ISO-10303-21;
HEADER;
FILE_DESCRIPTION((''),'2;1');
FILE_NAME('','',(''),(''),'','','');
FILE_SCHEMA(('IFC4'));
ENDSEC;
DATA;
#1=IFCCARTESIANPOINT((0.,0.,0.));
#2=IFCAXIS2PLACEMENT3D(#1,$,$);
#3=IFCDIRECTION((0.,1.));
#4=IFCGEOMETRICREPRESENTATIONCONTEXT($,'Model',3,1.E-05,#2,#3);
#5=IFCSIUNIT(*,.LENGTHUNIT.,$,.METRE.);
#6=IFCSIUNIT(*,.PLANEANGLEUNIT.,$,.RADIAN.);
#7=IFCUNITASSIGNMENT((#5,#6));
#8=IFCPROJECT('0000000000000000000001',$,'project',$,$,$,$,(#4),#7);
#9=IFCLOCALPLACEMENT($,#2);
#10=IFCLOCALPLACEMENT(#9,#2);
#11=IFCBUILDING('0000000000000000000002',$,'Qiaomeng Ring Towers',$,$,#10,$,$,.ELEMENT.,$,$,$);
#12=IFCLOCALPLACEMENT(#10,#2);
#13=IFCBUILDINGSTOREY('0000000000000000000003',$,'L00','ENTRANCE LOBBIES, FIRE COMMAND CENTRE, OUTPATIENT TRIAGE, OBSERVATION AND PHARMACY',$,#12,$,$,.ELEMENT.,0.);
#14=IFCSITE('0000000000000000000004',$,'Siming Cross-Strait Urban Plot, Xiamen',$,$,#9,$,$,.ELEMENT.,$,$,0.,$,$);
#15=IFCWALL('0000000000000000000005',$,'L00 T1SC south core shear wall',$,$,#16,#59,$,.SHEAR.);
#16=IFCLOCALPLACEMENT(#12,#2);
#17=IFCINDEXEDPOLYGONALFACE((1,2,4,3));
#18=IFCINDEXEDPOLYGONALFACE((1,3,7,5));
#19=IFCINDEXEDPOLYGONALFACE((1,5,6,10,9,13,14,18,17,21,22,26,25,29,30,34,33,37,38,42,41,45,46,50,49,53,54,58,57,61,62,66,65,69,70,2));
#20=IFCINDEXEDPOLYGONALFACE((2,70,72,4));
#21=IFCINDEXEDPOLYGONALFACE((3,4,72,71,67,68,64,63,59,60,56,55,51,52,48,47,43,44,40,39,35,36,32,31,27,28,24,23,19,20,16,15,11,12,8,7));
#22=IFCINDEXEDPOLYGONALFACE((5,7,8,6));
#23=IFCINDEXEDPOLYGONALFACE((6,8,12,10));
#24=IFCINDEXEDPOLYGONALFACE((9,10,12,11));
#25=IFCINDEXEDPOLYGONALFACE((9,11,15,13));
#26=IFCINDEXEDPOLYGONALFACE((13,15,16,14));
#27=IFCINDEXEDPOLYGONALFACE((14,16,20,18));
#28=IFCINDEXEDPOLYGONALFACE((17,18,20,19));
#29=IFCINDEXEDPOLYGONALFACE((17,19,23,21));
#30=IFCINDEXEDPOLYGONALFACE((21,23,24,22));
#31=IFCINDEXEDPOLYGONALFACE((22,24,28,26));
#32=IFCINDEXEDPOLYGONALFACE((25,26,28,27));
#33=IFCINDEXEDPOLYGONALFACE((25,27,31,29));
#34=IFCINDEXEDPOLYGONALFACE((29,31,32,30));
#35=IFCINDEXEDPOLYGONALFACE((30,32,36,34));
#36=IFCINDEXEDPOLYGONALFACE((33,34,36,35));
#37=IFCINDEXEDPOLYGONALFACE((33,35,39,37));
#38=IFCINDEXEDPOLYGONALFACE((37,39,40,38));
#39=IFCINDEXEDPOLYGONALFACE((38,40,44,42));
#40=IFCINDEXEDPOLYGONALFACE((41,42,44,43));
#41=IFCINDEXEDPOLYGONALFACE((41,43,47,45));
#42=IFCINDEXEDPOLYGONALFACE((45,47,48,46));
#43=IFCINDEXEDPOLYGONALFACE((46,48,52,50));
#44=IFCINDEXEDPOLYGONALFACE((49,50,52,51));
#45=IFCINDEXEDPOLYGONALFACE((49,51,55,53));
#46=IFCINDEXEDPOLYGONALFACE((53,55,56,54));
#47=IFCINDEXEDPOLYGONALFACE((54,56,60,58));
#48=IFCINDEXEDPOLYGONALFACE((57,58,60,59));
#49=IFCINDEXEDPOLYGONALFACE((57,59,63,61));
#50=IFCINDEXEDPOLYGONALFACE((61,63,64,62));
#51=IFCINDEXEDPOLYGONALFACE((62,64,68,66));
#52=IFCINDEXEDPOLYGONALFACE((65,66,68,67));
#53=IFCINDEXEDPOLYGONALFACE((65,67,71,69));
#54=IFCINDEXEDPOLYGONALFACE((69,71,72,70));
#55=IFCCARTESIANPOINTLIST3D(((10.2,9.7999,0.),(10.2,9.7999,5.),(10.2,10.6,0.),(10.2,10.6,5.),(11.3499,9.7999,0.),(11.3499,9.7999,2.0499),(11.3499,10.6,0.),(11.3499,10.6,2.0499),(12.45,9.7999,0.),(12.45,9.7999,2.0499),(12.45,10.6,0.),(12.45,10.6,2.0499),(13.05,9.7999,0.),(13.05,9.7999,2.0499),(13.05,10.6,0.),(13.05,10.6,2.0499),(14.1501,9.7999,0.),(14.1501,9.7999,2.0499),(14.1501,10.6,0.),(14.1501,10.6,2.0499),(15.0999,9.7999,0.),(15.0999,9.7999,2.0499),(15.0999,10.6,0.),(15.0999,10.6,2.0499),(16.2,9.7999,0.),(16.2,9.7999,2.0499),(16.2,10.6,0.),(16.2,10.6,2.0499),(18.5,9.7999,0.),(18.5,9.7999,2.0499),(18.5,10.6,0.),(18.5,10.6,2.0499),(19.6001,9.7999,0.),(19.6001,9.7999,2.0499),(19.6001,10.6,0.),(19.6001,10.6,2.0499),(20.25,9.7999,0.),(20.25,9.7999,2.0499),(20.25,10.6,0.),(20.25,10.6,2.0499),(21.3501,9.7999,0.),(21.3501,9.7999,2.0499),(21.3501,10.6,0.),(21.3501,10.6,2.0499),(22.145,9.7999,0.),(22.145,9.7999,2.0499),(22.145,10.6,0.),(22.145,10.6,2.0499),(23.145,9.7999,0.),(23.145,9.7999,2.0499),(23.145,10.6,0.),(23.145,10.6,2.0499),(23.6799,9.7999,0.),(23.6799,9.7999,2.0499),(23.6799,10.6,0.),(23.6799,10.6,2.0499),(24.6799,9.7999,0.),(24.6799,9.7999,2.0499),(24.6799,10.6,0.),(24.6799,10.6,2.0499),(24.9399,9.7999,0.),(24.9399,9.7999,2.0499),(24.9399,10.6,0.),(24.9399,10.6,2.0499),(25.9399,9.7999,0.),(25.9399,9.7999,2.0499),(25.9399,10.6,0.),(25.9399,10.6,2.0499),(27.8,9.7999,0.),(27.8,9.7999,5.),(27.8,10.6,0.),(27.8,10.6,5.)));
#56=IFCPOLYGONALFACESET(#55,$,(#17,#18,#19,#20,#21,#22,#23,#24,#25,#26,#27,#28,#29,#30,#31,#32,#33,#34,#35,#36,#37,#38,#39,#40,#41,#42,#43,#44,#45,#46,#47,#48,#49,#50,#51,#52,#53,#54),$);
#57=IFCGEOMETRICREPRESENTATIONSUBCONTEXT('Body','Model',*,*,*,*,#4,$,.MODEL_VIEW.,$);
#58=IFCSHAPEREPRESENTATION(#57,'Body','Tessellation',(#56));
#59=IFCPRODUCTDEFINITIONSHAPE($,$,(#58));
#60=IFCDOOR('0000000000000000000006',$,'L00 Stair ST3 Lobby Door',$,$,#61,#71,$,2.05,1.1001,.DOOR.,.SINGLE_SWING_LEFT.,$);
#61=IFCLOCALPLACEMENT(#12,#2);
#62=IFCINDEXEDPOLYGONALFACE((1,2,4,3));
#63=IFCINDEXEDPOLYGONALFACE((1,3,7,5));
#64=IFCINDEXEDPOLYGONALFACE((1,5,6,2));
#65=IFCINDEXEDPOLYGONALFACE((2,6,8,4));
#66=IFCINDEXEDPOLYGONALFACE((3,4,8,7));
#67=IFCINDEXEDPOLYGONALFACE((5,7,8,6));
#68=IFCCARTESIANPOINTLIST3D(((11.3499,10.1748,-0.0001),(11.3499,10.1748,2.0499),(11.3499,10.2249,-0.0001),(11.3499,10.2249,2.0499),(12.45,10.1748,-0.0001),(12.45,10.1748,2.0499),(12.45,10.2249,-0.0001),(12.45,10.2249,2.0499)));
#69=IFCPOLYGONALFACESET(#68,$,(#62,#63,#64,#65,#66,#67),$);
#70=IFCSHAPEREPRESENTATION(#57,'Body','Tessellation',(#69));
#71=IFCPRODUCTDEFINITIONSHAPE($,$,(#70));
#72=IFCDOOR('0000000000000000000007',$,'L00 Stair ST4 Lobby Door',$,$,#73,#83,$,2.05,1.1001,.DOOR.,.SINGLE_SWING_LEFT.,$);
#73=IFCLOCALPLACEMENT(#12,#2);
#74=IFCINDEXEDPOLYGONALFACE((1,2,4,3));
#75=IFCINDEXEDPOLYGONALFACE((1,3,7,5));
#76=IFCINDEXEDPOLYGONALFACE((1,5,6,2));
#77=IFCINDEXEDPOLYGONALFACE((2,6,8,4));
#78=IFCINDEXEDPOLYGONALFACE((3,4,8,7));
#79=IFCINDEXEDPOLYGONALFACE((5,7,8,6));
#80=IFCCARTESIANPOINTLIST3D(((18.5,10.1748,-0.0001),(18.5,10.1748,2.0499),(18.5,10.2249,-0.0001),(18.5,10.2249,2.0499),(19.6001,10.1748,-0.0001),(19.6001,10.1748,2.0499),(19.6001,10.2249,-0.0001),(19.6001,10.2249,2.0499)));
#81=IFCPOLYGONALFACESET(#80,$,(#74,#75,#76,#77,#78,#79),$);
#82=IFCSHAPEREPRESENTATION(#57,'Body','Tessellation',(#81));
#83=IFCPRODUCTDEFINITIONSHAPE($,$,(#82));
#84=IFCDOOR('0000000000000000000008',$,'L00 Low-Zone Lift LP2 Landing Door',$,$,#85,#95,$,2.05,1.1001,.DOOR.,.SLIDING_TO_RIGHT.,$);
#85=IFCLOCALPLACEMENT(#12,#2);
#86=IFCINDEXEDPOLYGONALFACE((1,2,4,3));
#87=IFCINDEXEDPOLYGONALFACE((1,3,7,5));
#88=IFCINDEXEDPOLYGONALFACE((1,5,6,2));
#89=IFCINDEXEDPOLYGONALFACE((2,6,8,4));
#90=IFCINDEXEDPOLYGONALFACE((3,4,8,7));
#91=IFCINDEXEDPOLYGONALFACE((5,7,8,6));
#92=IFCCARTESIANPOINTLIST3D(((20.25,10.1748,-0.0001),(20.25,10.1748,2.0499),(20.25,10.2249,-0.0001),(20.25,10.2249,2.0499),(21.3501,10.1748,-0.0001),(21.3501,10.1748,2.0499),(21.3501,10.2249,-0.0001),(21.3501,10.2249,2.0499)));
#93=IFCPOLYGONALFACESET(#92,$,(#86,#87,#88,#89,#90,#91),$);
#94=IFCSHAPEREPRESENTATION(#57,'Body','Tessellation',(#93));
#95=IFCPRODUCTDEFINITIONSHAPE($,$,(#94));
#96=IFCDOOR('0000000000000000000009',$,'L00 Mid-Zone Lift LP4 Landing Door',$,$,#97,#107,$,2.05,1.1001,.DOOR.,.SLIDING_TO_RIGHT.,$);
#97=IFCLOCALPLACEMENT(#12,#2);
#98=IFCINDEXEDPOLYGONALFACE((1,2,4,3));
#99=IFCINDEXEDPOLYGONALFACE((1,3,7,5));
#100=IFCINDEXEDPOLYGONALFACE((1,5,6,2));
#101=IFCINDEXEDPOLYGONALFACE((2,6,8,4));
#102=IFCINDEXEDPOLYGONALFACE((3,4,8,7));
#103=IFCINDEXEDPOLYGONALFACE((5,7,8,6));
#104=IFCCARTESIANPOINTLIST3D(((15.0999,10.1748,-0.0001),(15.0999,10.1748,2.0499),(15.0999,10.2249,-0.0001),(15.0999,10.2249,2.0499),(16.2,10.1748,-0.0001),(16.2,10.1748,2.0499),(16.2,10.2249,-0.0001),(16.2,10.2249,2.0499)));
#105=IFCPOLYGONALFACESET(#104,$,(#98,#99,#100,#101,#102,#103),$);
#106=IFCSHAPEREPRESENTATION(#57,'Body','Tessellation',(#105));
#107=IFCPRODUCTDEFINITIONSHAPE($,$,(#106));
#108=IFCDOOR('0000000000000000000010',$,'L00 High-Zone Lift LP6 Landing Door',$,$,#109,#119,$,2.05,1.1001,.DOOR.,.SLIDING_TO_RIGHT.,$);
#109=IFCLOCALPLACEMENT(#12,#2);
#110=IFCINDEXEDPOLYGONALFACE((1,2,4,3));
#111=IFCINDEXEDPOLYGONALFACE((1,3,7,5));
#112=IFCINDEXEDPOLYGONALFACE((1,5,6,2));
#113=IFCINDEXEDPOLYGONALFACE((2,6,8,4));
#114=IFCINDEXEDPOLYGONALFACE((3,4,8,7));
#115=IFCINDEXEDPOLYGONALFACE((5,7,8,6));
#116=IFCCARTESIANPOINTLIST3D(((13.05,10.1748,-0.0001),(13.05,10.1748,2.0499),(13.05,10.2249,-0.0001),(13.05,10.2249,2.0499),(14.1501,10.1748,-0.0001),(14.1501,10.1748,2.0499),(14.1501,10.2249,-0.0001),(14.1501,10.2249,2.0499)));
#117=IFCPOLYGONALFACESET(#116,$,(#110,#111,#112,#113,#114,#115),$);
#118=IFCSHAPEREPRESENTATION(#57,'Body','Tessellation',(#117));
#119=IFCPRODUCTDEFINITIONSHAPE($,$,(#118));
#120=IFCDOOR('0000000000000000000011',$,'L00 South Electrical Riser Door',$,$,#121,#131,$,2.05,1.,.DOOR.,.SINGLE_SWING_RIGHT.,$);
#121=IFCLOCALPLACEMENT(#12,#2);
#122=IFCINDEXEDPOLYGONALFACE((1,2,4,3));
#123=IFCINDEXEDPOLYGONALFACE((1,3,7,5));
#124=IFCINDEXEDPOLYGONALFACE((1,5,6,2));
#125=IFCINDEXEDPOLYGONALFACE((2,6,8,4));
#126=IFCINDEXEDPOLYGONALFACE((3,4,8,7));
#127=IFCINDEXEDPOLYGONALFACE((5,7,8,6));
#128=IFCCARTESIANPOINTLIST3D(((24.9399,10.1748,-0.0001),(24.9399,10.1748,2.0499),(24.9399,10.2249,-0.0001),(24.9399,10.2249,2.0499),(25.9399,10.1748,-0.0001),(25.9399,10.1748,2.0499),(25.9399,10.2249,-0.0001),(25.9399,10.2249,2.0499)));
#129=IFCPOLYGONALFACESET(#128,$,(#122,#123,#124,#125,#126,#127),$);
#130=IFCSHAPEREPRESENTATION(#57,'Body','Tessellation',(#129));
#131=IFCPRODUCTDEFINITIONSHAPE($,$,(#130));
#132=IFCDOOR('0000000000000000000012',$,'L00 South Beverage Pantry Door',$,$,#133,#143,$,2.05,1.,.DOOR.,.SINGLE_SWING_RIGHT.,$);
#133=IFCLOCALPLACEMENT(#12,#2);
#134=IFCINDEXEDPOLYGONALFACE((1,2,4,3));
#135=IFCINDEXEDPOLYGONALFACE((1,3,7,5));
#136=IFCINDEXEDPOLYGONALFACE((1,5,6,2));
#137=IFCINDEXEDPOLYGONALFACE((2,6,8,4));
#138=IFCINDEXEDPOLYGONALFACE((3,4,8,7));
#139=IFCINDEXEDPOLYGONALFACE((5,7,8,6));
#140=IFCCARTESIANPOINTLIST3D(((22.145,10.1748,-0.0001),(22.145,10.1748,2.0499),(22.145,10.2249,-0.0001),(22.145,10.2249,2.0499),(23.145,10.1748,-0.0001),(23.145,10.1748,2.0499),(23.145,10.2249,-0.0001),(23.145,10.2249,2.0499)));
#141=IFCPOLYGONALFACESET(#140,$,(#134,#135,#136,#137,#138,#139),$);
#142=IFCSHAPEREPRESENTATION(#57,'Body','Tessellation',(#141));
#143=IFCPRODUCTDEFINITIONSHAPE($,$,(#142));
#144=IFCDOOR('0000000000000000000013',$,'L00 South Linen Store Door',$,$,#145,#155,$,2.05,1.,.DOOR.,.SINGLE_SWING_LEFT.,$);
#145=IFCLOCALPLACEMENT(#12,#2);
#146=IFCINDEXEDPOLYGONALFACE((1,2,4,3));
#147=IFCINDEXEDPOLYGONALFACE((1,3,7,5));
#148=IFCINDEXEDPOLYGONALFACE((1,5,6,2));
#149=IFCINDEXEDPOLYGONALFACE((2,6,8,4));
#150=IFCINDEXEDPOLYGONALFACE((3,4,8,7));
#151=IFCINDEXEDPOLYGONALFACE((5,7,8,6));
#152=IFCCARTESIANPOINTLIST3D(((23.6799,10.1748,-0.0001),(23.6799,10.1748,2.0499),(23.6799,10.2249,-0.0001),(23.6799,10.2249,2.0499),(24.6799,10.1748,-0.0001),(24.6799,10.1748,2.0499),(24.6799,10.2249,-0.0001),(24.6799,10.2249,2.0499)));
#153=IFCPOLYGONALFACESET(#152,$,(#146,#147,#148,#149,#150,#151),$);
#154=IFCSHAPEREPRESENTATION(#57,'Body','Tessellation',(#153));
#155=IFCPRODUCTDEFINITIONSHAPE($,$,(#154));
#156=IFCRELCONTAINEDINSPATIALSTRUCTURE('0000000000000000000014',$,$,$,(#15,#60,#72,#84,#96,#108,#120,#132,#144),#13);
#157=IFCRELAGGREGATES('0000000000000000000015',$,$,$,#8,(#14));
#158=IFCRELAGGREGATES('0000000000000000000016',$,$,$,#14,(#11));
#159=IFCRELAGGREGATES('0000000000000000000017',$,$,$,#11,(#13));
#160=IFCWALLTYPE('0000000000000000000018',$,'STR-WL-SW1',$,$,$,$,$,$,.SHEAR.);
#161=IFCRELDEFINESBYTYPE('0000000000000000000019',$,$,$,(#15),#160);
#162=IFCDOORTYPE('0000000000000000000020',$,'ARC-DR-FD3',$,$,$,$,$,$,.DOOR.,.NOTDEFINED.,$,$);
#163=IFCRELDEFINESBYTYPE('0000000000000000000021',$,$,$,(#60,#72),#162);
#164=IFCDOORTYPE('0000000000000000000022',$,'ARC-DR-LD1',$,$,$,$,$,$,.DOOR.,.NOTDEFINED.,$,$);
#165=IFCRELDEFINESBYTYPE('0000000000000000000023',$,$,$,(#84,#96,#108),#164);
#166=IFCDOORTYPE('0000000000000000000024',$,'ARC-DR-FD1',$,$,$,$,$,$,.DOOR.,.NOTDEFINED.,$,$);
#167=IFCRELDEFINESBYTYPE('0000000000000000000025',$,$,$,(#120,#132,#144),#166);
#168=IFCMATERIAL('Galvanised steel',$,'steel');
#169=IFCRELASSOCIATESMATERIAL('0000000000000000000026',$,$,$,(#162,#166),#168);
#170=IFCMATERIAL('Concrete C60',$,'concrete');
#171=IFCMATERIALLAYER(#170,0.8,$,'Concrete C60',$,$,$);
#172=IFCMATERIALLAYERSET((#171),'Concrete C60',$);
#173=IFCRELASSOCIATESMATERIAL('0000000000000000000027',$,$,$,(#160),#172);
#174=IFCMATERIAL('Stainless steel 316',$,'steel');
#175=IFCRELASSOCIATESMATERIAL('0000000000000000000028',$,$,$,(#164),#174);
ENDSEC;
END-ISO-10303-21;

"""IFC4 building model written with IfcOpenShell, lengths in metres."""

from ifc_helpers import new_model, si_unit, direction, frame, frame_2d, origin, place, context, subcontext, project, spatial, rectangle, extrude, source, transform, mapped, material, layer, layer_set, type_object, element, fill, save


model = new_model("IFC4")

# Units and contexts
model_context = context("Model", 3, precision=1e-05, world=origin(), true_north=direction((0.0, 1.0)))
body_context = subcontext(model_context, "Body", "Model", "MODEL_VIEW")
ifc_project = project(units=[si_unit("LENGTHUNIT", "METRE"), si_unit("PLANEANGLEUNIT", "RADIAN")], contexts=[model_context])

# Site, building, storey
site_placement = place(None, origin())
site = spatial("IfcSite", under=ifc_project, at=site_placement, Name="Siming Cross-Strait Urban Plot, Xiamen", CompositionType="ELEMENT", RefElevation=0.0)
building_placement = place(site_placement, origin())
building = spatial("IfcBuilding", under=site, at=building_placement, Name="Qiaomeng Ring Towers", CompositionType="ELEMENT")
storey_placement = place(building_placement, origin())
storey = spatial("IfcBuildingStorey", under=building, at=storey_placement, Name="L00", Description="ENTRANCE LOBBIES, FIRE COMMAND CENTRE, OUTPATIENT TRIAGE, OBSERVATION AND PHARMACY", CompositionType="ELEMENT", Elevation=0.0)

# Shared definitions
ifc_material_1 = material(Name="Concrete C60", Category="concrete")

# Shared definitions
ifc_material_2 = material(Name="Galvanised steel", Category="steel")
door_type_1 = type_object("IfcDoorType", Name="ARC-DR-FD3", OperationType="NOTDEFINED", PredefinedType="DOOR", material=ifc_material_2)
shared_shape_1 = source(origin(), body_context, "Body", "SweptSolid", [
    extrude(rectangle(XDim=1.1001, YDim=2.05, at=frame_2d((0.55, 1.0249))), frame((0.0, 0.0249, 0.0), z_axis=(0.0, -1.0, 0.0), x_axis=(1.0, 0.0, 0.0)), (0.0, 0.0, 1.0), 0.05),
])
shared_shape_2 = source(origin(), body_context, "Body", "SweptSolid", [
    extrude(rectangle(XDim=1.0, YDim=2.05, at=frame_2d((0.5, 1.0249))), frame((0.0, 0.0249, 0.0), z_axis=(0.0, -1.0, 0.0), x_axis=(1.0, 0.0, 0.0)), (0.0, 0.0, 1.0), 0.05),
])

# Wall, openings, doors
ifc_layer_1 = layer(ifc_material_1, 0.8, Name="Concrete C60")
ifc_layer_set_1 = layer_set([ifc_layer_1], Name="Concrete C60")
wall_type_1 = type_object("IfcWallType", Name="STR-WL-SW1", PredefinedType="SHEAR", material=ifc_layer_set_1)
wall_1_placement = place(storey_placement, frame((10.2, 10.2, 0.0), z_axis=(0.0, 0.0, 1.0), x_axis=(1.0, 0.0, 0.0)))
wall_1 = element("IfcWall", 1, at=wall_1_placement, inside=storey, type_object=wall_type_1, Name="L00 T1SC south core shear wall", PredefinedType="SHEAR", context=body_context, shape_type="SweptSolid", body=[
    extrude(rectangle(XDim=17.6001, YDim=0.8, at=frame_2d((8.8, 0.0))), origin(), (0.0, 0.0, 1.0), 5.0),
])
opening_1_placement = place(wall_1_placement, frame((1.1499, 0.0, 0.0)))
opening_1 = element("IfcOpeningElement", 2, at=opening_1_placement, cuts=wall_1, PredefinedType="OPENING", context=body_context, shape_type="SweptSolid", body=[
    extrude(rectangle(XDim=1.1001, YDim=2.05, at=frame_2d((0.55, 1.0249))), frame((0.0, 0.4099, 0.0), z_axis=(0.0, -1.0, 0.0), x_axis=(1.0, 0.0, 0.0)), (0.0, 0.0, 1.0), 0.8201),
])
opening_2_placement = place(wall_1_placement, frame((8.3, 0.0, 0.0)))
opening_2 = element("IfcOpeningElement", 3, at=opening_2_placement, cuts=wall_1, PredefinedType="OPENING", context=body_context, shape_type="SweptSolid", body=[
    extrude(rectangle(XDim=1.1001, YDim=2.05, at=frame_2d((0.55, 1.0249))), frame((0.0, 0.4099, 0.0), z_axis=(0.0, -1.0, 0.0), x_axis=(1.0, 0.0, 0.0)), (0.0, 0.0, 1.0), 0.8201),
])
opening_3_placement = place(wall_1_placement, frame((10.05, 0.0, 0.0)))
opening_3 = element("IfcOpeningElement", 4, at=opening_3_placement, cuts=wall_1, PredefinedType="OPENING", context=body_context, shape_type="SweptSolid", body=[
    extrude(rectangle(XDim=1.1001, YDim=2.05, at=frame_2d((0.55, 1.0249))), frame((0.0, 0.4099, 0.0), z_axis=(0.0, -1.0, 0.0), x_axis=(1.0, 0.0, 0.0)), (0.0, 0.0, 1.0), 0.8201),
])
opening_4_placement = place(wall_1_placement, frame((4.8999, 0.0, 0.0)))
opening_4 = element("IfcOpeningElement", 5, at=opening_4_placement, cuts=wall_1, PredefinedType="OPENING", context=body_context, shape_type="SweptSolid", body=[
    extrude(rectangle(XDim=1.1001, YDim=2.05, at=frame_2d((0.55, 1.0249))), frame((0.0, 0.4099, 0.0), z_axis=(0.0, -1.0, 0.0), x_axis=(1.0, 0.0, 0.0)), (0.0, 0.0, 1.0), 0.8201),
])
opening_5_placement = place(wall_1_placement, frame((2.8501, 0.0, 0.0)))
opening_5 = element("IfcOpeningElement", 6, at=opening_5_placement, cuts=wall_1, PredefinedType="OPENING", context=body_context, shape_type="SweptSolid", body=[
    extrude(rectangle(XDim=1.1001, YDim=2.05, at=frame_2d((0.55, 1.0249))), frame((0.0, 0.4099, 0.0), z_axis=(0.0, -1.0, 0.0), x_axis=(1.0, 0.0, 0.0)), (0.0, 0.0, 1.0), 0.8201),
])
opening_6_placement = place(wall_1_placement, frame((14.74, 0.0, 0.0)))
opening_6 = element("IfcOpeningElement", 7, at=opening_6_placement, cuts=wall_1, PredefinedType="OPENING", context=body_context, shape_type="SweptSolid", body=[
    extrude(rectangle(XDim=1.0, YDim=2.05, at=frame_2d((0.5, 1.0249))), frame((0.0, 0.4099, 0.0), z_axis=(0.0, -1.0, 0.0), x_axis=(1.0, 0.0, 0.0)), (0.0, 0.0, 1.0), 0.8201),
])
opening_7_placement = place(wall_1_placement, frame((11.9451, 0.0, 0.0)))
opening_7 = element("IfcOpeningElement", 8, at=opening_7_placement, cuts=wall_1, PredefinedType="OPENING", context=body_context, shape_type="SweptSolid", body=[
    extrude(rectangle(XDim=1.0, YDim=2.05, at=frame_2d((0.5, 1.0249))), frame((0.0, 0.4099, 0.0), z_axis=(0.0, -1.0, 0.0), x_axis=(1.0, 0.0, 0.0)), (0.0, 0.0, 1.0), 0.8201),
])
opening_8_placement = place(wall_1_placement, frame((13.48, 0.0, 0.0)))
opening_8 = element("IfcOpeningElement", 9, at=opening_8_placement, cuts=wall_1, PredefinedType="OPENING", context=body_context, shape_type="SweptSolid", body=[
    extrude(rectangle(XDim=1.0, YDim=2.05, at=frame_2d((0.5, 1.0249))), frame((0.0, 0.4099, 0.0), z_axis=(0.0, -1.0, 0.0), x_axis=(1.0, 0.0, 0.0)), (0.0, 0.0, 1.0), 0.8201),
])
door_1_placement = place(opening_1_placement, origin())
door_1 = element("IfcDoor", 10, at=door_1_placement, inside=storey, type_object=door_type_1, Name="L00 Stair ST3 Lobby Door", OperationType="SINGLE_SWING_LEFT", OverallHeight=2.05, OverallWidth=1.1001, PredefinedType="DOOR", context=body_context, shape_type="MappedRepresentation", body=[
    mapped(shared_shape_1, transform((0.0, 0.0, 0.0), x_axis=(1.0, 0.0, 0.0), y_axis=(0.0, 1.0, 0.0), z_axis=(0.0, 0.0, 1.0), scale=1.0)),
])
fill(opening_1, door_1)
door_2_placement = place(opening_2_placement, origin())
door_2 = element("IfcDoor", 11, at=door_2_placement, inside=storey, type_object=door_type_1, Name="L00 Stair ST4 Lobby Door", OperationType="SINGLE_SWING_LEFT", OverallHeight=2.05, OverallWidth=1.1001, PredefinedType="DOOR", context=body_context, shape_type="MappedRepresentation", body=[
    mapped(shared_shape_1, transform((0.0, 0.0, 0.0), x_axis=(1.0, 0.0, 0.0), y_axis=(0.0, 1.0, 0.0), z_axis=(0.0, 0.0, 1.0), scale=1.0)),
])
fill(opening_2, door_2)
ifc_material_3 = material(Name="Stainless steel 316", Category="steel")
door_type_2 = type_object("IfcDoorType", Name="ARC-DR-LD1", OperationType="NOTDEFINED", PredefinedType="DOOR", material=ifc_material_3)
door_3_placement = place(opening_3_placement, origin())
door_3 = element("IfcDoor", 12, at=door_3_placement, inside=storey, type_object=door_type_2, Name="L00 Low-Zone Lift LP2 Landing Door", OperationType="SLIDING_TO_RIGHT", OverallHeight=2.05, OverallWidth=1.1001, PredefinedType="DOOR", context=body_context, shape_type="MappedRepresentation", body=[
    mapped(shared_shape_1, transform((0.0, 0.0, 0.0), x_axis=(1.0, 0.0, 0.0), y_axis=(0.0, 1.0, 0.0), z_axis=(0.0, 0.0, 1.0), scale=1.0)),
])
fill(opening_3, door_3)
door_4_placement = place(opening_4_placement, origin())
door_4 = element("IfcDoor", 13, at=door_4_placement, inside=storey, type_object=door_type_2, Name="L00 Mid-Zone Lift LP4 Landing Door", OperationType="SLIDING_TO_RIGHT", OverallHeight=2.05, OverallWidth=1.1001, PredefinedType="DOOR", context=body_context, shape_type="MappedRepresentation", body=[
    mapped(shared_shape_1, transform((0.0, 0.0, 0.0), x_axis=(1.0, 0.0, 0.0), y_axis=(0.0, 1.0, 0.0), z_axis=(0.0, 0.0, 1.0), scale=1.0)),
])
fill(opening_4, door_4)
door_5_placement = place(opening_5_placement, origin())
door_5 = element("IfcDoor", 14, at=door_5_placement, inside=storey, type_object=door_type_2, Name="L00 High-Zone Lift LP6 Landing Door", OperationType="SLIDING_TO_RIGHT", OverallHeight=2.05, OverallWidth=1.1001, PredefinedType="DOOR", context=body_context, shape_type="MappedRepresentation", body=[
    mapped(shared_shape_1, transform((0.0, 0.0, 0.0), x_axis=(1.0, 0.0, 0.0), y_axis=(0.0, 1.0, 0.0), z_axis=(0.0, 0.0, 1.0), scale=1.0)),
])
fill(opening_5, door_5)
door_type_3 = type_object("IfcDoorType", Name="ARC-DR-FD1", OperationType="NOTDEFINED", PredefinedType="DOOR", material=ifc_material_2)
door_6_placement = place(opening_6_placement, origin())
door_6 = element("IfcDoor", 15, at=door_6_placement, inside=storey, type_object=door_type_3, Name="L00 South Electrical Riser Door", OperationType="SINGLE_SWING_RIGHT", OverallHeight=2.05, OverallWidth=1.0, PredefinedType="DOOR", context=body_context, shape_type="MappedRepresentation", body=[
    mapped(shared_shape_2, transform((0.0, 0.0, 0.0), x_axis=(1.0, 0.0, 0.0), y_axis=(0.0, 1.0, 0.0), z_axis=(0.0, 0.0, 1.0), scale=1.0)),
])
fill(opening_6, door_6)
door_7_placement = place(opening_7_placement, origin())
door_7 = element("IfcDoor", 16, at=door_7_placement, inside=storey, type_object=door_type_3, Name="L00 South Beverage Pantry Door", OperationType="SINGLE_SWING_RIGHT", OverallHeight=2.05, OverallWidth=1.0, PredefinedType="DOOR", context=body_context, shape_type="MappedRepresentation", body=[
    mapped(shared_shape_2, transform((0.0, 0.0, 0.0), x_axis=(1.0, 0.0, 0.0), y_axis=(0.0, 1.0, 0.0), z_axis=(0.0, 0.0, 1.0), scale=1.0)),
])
fill(opening_7, door_7)
door_8_placement = place(opening_8_placement, origin())
door_8 = element("IfcDoor", 17, at=door_8_placement, inside=storey, type_object=door_type_3, Name="L00 South Linen Store Door", OperationType="SINGLE_SWING_LEFT", OverallHeight=2.05, OverallWidth=1.0, PredefinedType="DOOR", context=body_context, shape_type="MappedRepresentation", body=[
    mapped(shared_shape_2, transform((0.0, 0.0, 0.0), x_axis=(1.0, 0.0, 0.0), y_axis=(0.0, 1.0, 0.0), z_axis=(0.0, 0.0, 1.0), scale=1.0)),
])
fill(opening_8, door_8)

save(model, "model.ifc")
